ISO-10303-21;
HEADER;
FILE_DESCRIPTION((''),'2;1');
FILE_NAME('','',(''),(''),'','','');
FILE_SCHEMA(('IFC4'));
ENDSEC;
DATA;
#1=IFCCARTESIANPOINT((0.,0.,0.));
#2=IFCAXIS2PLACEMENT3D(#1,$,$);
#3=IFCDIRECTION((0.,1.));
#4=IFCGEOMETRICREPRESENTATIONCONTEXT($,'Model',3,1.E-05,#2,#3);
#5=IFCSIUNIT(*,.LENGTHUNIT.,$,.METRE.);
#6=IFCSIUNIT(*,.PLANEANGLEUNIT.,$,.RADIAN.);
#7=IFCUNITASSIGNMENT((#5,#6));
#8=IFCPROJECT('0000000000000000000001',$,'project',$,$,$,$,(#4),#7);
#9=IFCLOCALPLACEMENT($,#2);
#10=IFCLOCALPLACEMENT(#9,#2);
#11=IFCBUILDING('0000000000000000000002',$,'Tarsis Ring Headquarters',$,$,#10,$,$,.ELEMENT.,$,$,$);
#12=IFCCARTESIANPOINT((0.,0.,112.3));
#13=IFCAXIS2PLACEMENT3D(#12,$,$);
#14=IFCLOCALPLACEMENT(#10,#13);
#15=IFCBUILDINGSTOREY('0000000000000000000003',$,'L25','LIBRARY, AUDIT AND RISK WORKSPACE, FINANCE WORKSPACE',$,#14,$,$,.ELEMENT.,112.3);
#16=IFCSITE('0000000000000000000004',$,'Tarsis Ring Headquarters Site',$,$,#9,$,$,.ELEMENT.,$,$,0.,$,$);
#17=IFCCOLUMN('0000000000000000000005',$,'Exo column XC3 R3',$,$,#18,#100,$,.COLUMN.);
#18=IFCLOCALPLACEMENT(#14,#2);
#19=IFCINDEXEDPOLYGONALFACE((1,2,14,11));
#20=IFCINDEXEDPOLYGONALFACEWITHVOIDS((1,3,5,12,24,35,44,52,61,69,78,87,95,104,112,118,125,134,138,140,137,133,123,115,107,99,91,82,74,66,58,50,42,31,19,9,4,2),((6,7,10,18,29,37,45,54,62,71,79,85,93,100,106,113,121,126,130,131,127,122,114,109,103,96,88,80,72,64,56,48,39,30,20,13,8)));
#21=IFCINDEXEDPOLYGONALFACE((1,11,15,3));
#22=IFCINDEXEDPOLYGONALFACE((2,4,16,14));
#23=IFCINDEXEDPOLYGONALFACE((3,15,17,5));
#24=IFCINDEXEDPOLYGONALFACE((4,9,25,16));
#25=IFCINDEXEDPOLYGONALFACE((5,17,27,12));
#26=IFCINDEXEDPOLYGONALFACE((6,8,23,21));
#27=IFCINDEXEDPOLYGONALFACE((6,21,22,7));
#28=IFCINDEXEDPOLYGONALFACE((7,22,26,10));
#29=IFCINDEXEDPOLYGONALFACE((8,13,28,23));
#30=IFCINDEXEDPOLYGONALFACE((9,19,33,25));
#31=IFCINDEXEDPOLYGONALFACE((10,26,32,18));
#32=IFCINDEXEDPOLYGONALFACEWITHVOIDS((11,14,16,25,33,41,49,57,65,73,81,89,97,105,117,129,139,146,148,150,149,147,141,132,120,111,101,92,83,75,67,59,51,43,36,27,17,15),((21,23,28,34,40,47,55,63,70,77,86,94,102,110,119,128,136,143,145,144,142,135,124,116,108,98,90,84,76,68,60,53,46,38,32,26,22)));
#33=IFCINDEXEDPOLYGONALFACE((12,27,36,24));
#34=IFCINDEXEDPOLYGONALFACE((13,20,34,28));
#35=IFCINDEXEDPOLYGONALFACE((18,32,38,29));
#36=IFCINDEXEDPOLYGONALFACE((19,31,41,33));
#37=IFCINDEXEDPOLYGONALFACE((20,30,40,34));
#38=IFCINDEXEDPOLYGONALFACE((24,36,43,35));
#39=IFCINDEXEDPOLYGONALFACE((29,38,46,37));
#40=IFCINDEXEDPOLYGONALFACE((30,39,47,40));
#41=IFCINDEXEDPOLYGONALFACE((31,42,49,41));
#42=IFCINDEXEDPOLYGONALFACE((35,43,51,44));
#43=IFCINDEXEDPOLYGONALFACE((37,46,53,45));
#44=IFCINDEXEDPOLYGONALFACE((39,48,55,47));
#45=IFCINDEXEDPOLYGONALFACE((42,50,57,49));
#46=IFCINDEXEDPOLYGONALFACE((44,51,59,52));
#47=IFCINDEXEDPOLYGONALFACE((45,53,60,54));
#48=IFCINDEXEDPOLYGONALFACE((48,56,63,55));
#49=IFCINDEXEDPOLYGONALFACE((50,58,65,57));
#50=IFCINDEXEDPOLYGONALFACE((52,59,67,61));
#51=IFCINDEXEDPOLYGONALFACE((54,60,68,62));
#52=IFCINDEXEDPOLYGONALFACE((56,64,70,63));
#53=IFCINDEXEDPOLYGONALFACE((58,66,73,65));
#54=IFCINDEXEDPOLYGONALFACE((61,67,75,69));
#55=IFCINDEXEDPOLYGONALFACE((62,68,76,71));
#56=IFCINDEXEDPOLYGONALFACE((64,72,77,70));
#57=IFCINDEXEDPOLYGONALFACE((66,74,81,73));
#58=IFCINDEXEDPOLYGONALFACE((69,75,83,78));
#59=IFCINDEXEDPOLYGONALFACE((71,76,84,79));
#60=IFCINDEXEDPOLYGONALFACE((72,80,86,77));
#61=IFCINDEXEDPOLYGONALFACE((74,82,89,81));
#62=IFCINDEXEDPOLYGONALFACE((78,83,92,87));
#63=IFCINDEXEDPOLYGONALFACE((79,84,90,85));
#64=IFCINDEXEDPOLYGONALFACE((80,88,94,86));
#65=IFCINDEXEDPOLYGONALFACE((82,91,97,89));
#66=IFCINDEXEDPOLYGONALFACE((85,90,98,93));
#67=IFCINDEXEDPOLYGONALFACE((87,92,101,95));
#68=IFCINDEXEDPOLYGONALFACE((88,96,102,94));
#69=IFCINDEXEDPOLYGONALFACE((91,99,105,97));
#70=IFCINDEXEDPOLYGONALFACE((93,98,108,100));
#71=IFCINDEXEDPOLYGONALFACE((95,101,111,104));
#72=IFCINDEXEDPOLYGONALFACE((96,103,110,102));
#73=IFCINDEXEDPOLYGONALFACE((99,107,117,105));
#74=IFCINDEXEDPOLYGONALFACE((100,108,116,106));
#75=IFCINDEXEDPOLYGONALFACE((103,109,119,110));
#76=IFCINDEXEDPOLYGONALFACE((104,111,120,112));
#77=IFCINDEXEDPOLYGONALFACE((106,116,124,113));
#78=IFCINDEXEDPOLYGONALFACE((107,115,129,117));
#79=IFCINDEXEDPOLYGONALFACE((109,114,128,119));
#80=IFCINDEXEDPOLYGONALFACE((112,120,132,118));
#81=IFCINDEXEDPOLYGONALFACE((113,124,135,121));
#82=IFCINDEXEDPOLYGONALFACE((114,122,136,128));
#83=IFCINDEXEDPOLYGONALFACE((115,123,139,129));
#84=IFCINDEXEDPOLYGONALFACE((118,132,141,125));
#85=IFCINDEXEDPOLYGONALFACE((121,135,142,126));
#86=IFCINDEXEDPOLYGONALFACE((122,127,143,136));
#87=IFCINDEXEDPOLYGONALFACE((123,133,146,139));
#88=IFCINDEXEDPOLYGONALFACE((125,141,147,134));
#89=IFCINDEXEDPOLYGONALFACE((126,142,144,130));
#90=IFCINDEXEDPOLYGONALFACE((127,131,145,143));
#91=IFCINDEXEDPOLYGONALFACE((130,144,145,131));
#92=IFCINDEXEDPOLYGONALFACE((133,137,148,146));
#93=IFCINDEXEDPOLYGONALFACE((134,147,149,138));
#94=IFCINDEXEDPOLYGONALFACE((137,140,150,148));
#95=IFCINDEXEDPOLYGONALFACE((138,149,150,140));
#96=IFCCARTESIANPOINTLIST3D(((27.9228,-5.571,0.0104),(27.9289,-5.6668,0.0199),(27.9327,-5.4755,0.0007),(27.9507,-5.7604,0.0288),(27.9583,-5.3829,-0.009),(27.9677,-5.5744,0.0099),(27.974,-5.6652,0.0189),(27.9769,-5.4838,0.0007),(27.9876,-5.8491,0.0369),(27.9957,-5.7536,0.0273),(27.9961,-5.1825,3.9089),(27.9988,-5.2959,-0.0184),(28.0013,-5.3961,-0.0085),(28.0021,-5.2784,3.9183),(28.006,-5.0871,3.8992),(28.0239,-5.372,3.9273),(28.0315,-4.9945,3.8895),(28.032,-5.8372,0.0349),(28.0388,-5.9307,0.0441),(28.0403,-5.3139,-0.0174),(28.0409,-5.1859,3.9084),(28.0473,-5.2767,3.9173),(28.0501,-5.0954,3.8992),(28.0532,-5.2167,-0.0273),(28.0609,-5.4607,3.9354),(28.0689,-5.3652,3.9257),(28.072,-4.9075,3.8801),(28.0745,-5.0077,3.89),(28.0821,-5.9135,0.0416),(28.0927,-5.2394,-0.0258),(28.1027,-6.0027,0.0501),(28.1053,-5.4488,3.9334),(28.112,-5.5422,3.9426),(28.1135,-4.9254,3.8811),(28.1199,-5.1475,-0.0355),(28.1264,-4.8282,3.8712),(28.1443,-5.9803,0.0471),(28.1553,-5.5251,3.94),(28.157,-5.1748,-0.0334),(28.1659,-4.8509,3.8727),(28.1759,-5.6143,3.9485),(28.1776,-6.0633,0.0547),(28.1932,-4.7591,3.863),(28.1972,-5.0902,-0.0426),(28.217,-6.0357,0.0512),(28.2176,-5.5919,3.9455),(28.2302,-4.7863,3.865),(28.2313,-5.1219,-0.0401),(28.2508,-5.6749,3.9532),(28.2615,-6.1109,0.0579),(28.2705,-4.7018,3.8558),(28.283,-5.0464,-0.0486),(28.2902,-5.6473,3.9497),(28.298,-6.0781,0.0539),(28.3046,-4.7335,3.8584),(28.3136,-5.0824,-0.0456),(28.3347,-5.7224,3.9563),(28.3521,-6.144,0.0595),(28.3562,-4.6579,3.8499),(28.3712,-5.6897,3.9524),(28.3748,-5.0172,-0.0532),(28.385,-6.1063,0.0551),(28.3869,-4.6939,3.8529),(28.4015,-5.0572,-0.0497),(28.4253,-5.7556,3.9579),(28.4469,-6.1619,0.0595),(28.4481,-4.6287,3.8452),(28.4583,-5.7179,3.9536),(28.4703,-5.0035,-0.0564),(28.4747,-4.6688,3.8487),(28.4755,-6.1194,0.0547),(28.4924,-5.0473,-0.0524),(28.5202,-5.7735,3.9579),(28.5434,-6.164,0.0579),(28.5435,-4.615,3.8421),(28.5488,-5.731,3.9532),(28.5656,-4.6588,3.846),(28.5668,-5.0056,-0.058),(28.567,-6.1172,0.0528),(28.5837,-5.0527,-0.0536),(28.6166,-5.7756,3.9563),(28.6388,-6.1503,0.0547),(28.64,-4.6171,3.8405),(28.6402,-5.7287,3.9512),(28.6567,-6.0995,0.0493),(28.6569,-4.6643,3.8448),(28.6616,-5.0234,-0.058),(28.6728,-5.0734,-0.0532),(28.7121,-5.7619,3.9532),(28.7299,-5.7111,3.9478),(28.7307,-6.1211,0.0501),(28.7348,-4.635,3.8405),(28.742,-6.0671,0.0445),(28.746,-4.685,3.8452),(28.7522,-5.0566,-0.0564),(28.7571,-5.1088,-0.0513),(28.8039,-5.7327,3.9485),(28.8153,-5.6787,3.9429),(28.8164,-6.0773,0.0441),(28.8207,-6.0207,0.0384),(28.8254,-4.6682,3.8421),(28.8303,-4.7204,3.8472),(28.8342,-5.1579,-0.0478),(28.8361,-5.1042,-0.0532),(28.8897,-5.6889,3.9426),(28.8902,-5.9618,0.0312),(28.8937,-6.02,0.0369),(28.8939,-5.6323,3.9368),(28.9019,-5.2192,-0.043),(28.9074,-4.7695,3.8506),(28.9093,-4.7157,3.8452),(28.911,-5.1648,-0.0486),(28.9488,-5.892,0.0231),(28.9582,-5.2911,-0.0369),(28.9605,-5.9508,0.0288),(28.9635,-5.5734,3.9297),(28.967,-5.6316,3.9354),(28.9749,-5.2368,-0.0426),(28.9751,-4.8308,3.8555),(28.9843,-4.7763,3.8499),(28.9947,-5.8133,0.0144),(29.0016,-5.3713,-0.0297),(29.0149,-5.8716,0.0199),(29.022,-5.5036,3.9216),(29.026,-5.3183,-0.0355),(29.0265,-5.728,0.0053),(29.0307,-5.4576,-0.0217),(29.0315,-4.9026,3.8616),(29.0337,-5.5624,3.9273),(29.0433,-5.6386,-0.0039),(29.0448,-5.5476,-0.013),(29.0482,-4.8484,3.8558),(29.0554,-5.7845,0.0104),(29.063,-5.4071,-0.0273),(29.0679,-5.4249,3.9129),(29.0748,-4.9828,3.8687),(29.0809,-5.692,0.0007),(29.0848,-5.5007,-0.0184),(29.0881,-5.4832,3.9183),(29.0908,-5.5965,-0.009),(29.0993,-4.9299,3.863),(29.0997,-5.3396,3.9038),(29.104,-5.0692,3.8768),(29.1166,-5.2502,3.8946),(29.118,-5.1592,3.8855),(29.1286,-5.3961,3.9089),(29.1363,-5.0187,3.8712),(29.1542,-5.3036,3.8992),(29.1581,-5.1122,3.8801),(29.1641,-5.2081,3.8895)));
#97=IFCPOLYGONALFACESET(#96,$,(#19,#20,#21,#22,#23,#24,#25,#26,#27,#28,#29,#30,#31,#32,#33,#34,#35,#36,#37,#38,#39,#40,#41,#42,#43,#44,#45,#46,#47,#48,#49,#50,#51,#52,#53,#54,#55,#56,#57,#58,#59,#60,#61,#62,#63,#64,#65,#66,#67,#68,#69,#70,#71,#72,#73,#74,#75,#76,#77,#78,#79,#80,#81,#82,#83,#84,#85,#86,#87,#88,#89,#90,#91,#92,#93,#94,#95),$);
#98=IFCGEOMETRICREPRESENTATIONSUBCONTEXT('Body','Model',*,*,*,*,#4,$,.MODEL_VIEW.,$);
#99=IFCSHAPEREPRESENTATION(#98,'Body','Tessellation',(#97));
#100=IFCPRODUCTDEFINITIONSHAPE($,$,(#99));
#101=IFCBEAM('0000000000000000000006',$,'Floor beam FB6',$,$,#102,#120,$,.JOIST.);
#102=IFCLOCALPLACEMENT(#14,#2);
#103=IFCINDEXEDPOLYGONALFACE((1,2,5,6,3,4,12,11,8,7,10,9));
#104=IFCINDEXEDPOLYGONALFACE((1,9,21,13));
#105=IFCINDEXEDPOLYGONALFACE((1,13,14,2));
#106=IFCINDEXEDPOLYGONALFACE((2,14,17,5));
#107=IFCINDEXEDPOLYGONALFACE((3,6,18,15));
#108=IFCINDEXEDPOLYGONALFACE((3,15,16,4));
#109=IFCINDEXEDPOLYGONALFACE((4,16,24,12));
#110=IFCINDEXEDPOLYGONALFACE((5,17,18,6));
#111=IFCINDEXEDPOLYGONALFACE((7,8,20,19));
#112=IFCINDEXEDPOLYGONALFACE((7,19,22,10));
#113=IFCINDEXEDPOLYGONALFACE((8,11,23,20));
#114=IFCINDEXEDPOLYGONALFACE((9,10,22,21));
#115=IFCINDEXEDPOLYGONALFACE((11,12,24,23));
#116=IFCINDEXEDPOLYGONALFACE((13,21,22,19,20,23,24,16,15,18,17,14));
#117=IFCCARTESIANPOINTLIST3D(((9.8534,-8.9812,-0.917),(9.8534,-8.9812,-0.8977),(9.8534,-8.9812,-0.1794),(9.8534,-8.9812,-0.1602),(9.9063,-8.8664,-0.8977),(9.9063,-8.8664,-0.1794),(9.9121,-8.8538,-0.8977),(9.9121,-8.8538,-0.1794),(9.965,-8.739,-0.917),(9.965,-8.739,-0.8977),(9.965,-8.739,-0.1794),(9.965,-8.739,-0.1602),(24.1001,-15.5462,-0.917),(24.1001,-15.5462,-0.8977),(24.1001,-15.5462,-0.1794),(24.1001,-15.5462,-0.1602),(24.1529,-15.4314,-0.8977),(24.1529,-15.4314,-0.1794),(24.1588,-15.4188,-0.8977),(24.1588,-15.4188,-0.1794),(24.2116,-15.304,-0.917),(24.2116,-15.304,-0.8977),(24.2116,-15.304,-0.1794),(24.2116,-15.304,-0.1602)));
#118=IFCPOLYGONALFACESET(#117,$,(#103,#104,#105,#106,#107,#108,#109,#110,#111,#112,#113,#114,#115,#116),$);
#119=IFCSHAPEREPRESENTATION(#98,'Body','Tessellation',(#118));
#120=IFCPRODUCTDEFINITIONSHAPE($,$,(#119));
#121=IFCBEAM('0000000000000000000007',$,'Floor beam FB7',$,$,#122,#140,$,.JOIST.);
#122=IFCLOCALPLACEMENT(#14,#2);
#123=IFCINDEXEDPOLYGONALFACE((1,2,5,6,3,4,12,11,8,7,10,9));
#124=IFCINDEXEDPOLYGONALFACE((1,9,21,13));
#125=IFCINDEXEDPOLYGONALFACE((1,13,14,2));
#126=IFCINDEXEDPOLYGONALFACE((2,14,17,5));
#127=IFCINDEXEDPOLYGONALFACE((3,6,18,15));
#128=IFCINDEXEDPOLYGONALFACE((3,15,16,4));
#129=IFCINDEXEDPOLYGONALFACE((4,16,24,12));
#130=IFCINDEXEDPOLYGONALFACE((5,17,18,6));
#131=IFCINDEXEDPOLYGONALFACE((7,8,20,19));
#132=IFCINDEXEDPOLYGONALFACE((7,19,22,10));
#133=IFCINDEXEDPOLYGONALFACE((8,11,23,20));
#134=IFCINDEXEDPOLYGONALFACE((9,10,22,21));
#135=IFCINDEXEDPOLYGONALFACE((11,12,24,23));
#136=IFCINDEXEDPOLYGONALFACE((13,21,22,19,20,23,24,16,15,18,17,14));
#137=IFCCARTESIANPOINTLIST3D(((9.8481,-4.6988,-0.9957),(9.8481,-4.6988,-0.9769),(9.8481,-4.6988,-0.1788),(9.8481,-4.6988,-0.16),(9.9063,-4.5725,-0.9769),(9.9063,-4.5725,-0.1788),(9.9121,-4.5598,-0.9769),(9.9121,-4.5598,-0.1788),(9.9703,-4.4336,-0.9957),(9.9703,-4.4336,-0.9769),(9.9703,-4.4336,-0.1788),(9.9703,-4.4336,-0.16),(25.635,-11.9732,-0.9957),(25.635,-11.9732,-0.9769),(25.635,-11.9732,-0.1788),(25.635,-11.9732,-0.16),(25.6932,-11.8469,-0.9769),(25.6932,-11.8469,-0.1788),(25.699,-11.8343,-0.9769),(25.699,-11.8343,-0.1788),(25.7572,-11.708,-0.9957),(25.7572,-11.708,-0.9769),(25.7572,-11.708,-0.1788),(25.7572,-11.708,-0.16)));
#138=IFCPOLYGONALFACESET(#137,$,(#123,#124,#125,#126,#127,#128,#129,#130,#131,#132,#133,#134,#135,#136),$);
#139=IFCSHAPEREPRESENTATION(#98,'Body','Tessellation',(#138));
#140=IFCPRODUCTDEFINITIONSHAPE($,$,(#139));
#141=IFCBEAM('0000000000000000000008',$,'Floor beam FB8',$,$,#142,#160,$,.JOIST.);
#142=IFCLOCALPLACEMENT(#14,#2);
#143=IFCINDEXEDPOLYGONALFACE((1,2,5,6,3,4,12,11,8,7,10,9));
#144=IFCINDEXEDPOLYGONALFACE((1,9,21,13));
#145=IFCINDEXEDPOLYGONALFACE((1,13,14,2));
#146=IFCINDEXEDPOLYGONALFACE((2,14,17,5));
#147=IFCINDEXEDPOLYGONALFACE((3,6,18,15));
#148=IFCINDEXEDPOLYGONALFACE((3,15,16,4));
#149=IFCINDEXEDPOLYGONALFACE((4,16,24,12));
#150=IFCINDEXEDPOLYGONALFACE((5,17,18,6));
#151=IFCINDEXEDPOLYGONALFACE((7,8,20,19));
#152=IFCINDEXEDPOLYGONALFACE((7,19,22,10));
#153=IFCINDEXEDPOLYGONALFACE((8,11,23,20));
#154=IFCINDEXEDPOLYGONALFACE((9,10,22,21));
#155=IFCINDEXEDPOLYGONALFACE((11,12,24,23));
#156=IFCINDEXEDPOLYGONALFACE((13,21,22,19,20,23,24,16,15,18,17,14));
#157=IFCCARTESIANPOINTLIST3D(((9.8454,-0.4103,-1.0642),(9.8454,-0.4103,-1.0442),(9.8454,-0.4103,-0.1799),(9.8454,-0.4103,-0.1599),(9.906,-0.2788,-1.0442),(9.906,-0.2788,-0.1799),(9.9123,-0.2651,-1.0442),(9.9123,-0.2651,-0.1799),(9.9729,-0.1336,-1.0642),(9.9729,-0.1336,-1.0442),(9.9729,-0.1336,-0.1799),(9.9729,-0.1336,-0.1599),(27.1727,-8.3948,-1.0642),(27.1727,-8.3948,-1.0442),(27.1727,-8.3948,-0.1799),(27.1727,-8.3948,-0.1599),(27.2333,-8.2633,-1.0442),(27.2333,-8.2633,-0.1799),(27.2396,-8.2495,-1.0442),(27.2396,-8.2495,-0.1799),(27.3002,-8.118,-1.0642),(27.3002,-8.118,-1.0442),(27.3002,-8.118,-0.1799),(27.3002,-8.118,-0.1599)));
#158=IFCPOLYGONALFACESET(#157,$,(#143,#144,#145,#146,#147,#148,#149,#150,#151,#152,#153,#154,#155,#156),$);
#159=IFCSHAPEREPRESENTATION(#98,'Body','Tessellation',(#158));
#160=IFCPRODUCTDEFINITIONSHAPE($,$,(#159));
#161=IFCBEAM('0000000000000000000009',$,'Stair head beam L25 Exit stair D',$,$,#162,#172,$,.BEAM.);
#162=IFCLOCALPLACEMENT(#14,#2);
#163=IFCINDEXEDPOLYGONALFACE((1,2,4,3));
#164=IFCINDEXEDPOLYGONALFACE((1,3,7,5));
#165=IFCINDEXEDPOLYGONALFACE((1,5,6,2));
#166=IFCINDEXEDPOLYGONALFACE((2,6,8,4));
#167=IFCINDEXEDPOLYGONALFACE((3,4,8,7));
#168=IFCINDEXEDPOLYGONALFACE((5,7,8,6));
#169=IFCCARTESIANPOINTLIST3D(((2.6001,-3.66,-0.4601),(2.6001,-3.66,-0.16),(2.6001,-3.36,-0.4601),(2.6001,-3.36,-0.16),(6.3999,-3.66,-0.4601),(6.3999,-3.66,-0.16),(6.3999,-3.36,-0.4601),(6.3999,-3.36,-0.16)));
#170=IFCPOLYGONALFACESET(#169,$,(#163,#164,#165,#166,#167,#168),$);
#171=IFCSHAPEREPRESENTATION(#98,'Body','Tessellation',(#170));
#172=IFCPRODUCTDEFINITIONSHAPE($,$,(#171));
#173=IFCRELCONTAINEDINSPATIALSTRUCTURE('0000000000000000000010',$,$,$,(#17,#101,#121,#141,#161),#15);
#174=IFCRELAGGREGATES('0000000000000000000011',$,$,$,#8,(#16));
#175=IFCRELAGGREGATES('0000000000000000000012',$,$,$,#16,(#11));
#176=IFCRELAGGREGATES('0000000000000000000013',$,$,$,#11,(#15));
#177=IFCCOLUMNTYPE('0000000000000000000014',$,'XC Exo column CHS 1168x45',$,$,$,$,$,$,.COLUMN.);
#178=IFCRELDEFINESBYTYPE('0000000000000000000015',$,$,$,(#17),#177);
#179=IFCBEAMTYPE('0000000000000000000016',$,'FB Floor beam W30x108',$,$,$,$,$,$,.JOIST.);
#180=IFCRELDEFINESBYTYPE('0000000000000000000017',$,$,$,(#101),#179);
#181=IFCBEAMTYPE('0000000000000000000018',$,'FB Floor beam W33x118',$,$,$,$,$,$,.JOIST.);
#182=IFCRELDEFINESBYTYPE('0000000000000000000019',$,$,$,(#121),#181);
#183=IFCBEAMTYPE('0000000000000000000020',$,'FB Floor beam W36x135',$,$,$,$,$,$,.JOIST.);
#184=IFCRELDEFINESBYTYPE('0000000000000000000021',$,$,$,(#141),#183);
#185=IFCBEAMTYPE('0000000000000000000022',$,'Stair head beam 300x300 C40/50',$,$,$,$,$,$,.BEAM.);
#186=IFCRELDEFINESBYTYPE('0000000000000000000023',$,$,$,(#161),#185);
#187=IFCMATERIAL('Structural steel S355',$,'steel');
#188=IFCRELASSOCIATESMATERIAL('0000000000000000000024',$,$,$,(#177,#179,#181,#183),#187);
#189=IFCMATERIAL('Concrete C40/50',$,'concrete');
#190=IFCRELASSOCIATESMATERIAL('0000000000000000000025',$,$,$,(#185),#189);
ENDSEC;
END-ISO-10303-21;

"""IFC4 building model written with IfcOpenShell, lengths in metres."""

from ifc_helpers import new_model, si_unit, direction, frame, origin, origin_2d, place, context, subcontext, project, spatial, rectangle, hollow_circle, i_section, extrude, material, material_profile, profile_set, type_object, element, save


model = new_model("IFC4")

# Units and contexts
model_context = context("Model", 3, precision=1e-05, world=origin(), true_north=direction((0.0, 1.0)))
body_context = subcontext(model_context, "Body", "Model", "MODEL_VIEW")
ifc_project = project(units=[si_unit("LENGTHUNIT", "METRE"), si_unit("PLANEANGLEUNIT", "RADIAN")], contexts=[model_context])

# Site, building, storey
site_placement = place(None, origin())
site = spatial("IfcSite", under=ifc_project, at=site_placement, Name="Tarsis Ring Headquarters Site", CompositionType="ELEMENT", RefElevation=0.0)
building_placement = place(site_placement, origin())
building = spatial("IfcBuilding", under=site, at=building_placement, Name="Tarsis Ring Headquarters", CompositionType="ELEMENT")
storey_placement = place(building_placement, frame((0.0, 0.0, 112.3)))
storey = spatial("IfcBuildingStorey", under=building, at=storey_placement, Name="L25", Description="LIBRARY, AUDIT AND RISK WORKSPACE, FINANCE WORKSPACE", CompositionType="ELEMENT", Elevation=112.3)

# Column
ifc_material_1 = material(Name="Structural steel S355", Category="steel")
ifc_material_profile_1 = material_profile(ifc_material_1, hollow_circle(Radius=0.5842, WallThickness=0.0449, at=origin_2d()), Name="CHS 1168x45")
ifc_profile_set_1 = profile_set([ifc_material_profile_1], Name="Structural steel S355")
column_type = type_object("IfcColumnType", Name="XC Exo column CHS 1168x45", PredefinedType="COLUMN", material=ifc_profile_set_1)
column_placement = place(storey_placement, frame((28.5068, -5.5837, 0.0007), z_axis=(0.018692, 0.099129, 0.994899), x_axis=(-0.982683, 0.185295, 0.0)))
element("IfcColumn", 1, at=column_placement, inside=storey, type_object=column_type, Name="Exo column XC3 R3", PredefinedType="COLUMN", context=body_context, shape_type="SweptSolid", body=[
    extrude(hollow_circle(Radius=0.5842, WallThickness=0.0449, at=origin_2d()), origin(), (0.0, 0.0, 1.0), 3.9185),
])

# Beams
ifc_material_profile_2 = material_profile(ifc_material_1, i_section(OverallWidth=0.2666, OverallDepth=0.7568, WebThickness=0.0139, FlangeThickness=0.0193, at=origin_2d()), Name="W30x108")
ifc_profile_set_2 = profile_set([ifc_material_profile_2], Name="Structural steel S355")
beam_type_1 = type_object("IfcBeamType", Name="FB Floor beam W30x108", PredefinedType="JOIST", material=ifc_profile_set_2)
beam_1_placement = place(storey_placement, frame((9.9092, -8.8601, -0.5386), z_axis=(0.908212, -0.418511, 0.0), x_axis=(0.418511, 0.908212, 0.0)))
element("IfcBeam", 2, at=beam_1_placement, inside=storey, type_object=beam_type_1, Name="Floor beam FB6", PredefinedType="JOIST", context=body_context, shape_type="SweptSolid", body=[
    extrude(i_section(OverallWidth=0.2666, OverallDepth=0.7568, WebThickness=0.0139, FlangeThickness=0.0193, at=origin_2d()), origin(), (0.0, 0.0, 1.0), 15.6865),
])
ifc_material_profile_3 = material_profile(ifc_material_1, i_section(OverallWidth=0.292, OverallDepth=0.8357, WebThickness=0.0139, FlangeThickness=0.0188, at=origin_2d()), Name="W33x118")
ifc_profile_set_3 = profile_set([ifc_material_profile_3], Name="Structural steel S355")
beam_type_2 = type_object("IfcBeamType", Name="FB Floor beam W33x118", PredefinedType="JOIST", material=ifc_profile_set_3)
beam_2_placement = place(storey_placement, frame((9.9092, -4.5662, -0.5779), z_axis=(0.908218, -0.418497, 0.0), x_axis=(0.418497, 0.908218, 0.0)))
element("IfcBeam", 3, at=beam_2_placement, inside=storey, type_object=beam_type_2, Name="Floor beam FB7", PredefinedType="JOIST", context=body_context, shape_type="SweptSolid", body=[
    extrude(i_section(OverallWidth=0.292, OverallDepth=0.8357, WebThickness=0.0139, FlangeThickness=0.0188, at=origin_2d()), origin(), (0.0, 0.0, 1.0), 17.3823),
])
ifc_material_profile_4 = material_profile(ifc_material_1, i_section(OverallWidth=0.3047, OverallDepth=0.9043, WebThickness=0.0151, FlangeThickness=0.02, at=origin_2d()), Name="W36x135")
ifc_profile_set_4 = profile_set([ifc_material_profile_4], Name="Structural steel S355")
beam_type_3 = type_object("IfcBeamType", Name="FB Floor beam W36x135", PredefinedType="JOIST", material=ifc_profile_set_4)
beam_3_placement = place(storey_placement, frame((9.9092, -0.272, -0.6121), z_axis=(0.908214, -0.418506, 0.0), x_axis=(0.418506, 0.908214, 0.0)))
element("IfcBeam", 4, at=beam_3_placement, inside=storey, type_object=beam_type_3, Name="Floor beam FB8", PredefinedType="JOIST", context=body_context, shape_type="SweptSolid", body=[
    extrude(i_section(OverallWidth=0.3047, OverallDepth=0.9043, WebThickness=0.0151, FlangeThickness=0.02, at=origin_2d()), origin(), (0.0, 0.0, 1.0), 19.0784),
])
ifc_material_2 = material(Name="Concrete C40/50", Category="concrete")
ifc_material_profile_5 = material_profile(ifc_material_2, rectangle(XDim=0.3, YDim=0.3, at=origin_2d()), Name="Stair head beam 300x300 C40/50")
ifc_profile_set_5 = profile_set([ifc_material_profile_5], Name="Concrete C40/50")
beam_type_4 = type_object("IfcBeamType", Name="Stair head beam 300x300 C40/50", PredefinedType="BEAM", material=ifc_profile_set_5)
beam_4_placement = place(storey_placement, frame((2.6001, -3.51, -0.3101), z_axis=(1.0, 0.0, 0.0), x_axis=(0.0, 1.0, 0.0)))
element("IfcBeam", 5, at=beam_4_placement, inside=storey, type_object=beam_type_4, Name="Stair head beam L25 Exit stair D", PredefinedType="BEAM", context=body_context, shape_type="SweptSolid", body=[
    extrude(rectangle(XDim=0.3, YDim=0.3, at=origin_2d()), origin(), (0.0, 0.0, 1.0), 3.7998),
])

save(model, "model.ifc")
